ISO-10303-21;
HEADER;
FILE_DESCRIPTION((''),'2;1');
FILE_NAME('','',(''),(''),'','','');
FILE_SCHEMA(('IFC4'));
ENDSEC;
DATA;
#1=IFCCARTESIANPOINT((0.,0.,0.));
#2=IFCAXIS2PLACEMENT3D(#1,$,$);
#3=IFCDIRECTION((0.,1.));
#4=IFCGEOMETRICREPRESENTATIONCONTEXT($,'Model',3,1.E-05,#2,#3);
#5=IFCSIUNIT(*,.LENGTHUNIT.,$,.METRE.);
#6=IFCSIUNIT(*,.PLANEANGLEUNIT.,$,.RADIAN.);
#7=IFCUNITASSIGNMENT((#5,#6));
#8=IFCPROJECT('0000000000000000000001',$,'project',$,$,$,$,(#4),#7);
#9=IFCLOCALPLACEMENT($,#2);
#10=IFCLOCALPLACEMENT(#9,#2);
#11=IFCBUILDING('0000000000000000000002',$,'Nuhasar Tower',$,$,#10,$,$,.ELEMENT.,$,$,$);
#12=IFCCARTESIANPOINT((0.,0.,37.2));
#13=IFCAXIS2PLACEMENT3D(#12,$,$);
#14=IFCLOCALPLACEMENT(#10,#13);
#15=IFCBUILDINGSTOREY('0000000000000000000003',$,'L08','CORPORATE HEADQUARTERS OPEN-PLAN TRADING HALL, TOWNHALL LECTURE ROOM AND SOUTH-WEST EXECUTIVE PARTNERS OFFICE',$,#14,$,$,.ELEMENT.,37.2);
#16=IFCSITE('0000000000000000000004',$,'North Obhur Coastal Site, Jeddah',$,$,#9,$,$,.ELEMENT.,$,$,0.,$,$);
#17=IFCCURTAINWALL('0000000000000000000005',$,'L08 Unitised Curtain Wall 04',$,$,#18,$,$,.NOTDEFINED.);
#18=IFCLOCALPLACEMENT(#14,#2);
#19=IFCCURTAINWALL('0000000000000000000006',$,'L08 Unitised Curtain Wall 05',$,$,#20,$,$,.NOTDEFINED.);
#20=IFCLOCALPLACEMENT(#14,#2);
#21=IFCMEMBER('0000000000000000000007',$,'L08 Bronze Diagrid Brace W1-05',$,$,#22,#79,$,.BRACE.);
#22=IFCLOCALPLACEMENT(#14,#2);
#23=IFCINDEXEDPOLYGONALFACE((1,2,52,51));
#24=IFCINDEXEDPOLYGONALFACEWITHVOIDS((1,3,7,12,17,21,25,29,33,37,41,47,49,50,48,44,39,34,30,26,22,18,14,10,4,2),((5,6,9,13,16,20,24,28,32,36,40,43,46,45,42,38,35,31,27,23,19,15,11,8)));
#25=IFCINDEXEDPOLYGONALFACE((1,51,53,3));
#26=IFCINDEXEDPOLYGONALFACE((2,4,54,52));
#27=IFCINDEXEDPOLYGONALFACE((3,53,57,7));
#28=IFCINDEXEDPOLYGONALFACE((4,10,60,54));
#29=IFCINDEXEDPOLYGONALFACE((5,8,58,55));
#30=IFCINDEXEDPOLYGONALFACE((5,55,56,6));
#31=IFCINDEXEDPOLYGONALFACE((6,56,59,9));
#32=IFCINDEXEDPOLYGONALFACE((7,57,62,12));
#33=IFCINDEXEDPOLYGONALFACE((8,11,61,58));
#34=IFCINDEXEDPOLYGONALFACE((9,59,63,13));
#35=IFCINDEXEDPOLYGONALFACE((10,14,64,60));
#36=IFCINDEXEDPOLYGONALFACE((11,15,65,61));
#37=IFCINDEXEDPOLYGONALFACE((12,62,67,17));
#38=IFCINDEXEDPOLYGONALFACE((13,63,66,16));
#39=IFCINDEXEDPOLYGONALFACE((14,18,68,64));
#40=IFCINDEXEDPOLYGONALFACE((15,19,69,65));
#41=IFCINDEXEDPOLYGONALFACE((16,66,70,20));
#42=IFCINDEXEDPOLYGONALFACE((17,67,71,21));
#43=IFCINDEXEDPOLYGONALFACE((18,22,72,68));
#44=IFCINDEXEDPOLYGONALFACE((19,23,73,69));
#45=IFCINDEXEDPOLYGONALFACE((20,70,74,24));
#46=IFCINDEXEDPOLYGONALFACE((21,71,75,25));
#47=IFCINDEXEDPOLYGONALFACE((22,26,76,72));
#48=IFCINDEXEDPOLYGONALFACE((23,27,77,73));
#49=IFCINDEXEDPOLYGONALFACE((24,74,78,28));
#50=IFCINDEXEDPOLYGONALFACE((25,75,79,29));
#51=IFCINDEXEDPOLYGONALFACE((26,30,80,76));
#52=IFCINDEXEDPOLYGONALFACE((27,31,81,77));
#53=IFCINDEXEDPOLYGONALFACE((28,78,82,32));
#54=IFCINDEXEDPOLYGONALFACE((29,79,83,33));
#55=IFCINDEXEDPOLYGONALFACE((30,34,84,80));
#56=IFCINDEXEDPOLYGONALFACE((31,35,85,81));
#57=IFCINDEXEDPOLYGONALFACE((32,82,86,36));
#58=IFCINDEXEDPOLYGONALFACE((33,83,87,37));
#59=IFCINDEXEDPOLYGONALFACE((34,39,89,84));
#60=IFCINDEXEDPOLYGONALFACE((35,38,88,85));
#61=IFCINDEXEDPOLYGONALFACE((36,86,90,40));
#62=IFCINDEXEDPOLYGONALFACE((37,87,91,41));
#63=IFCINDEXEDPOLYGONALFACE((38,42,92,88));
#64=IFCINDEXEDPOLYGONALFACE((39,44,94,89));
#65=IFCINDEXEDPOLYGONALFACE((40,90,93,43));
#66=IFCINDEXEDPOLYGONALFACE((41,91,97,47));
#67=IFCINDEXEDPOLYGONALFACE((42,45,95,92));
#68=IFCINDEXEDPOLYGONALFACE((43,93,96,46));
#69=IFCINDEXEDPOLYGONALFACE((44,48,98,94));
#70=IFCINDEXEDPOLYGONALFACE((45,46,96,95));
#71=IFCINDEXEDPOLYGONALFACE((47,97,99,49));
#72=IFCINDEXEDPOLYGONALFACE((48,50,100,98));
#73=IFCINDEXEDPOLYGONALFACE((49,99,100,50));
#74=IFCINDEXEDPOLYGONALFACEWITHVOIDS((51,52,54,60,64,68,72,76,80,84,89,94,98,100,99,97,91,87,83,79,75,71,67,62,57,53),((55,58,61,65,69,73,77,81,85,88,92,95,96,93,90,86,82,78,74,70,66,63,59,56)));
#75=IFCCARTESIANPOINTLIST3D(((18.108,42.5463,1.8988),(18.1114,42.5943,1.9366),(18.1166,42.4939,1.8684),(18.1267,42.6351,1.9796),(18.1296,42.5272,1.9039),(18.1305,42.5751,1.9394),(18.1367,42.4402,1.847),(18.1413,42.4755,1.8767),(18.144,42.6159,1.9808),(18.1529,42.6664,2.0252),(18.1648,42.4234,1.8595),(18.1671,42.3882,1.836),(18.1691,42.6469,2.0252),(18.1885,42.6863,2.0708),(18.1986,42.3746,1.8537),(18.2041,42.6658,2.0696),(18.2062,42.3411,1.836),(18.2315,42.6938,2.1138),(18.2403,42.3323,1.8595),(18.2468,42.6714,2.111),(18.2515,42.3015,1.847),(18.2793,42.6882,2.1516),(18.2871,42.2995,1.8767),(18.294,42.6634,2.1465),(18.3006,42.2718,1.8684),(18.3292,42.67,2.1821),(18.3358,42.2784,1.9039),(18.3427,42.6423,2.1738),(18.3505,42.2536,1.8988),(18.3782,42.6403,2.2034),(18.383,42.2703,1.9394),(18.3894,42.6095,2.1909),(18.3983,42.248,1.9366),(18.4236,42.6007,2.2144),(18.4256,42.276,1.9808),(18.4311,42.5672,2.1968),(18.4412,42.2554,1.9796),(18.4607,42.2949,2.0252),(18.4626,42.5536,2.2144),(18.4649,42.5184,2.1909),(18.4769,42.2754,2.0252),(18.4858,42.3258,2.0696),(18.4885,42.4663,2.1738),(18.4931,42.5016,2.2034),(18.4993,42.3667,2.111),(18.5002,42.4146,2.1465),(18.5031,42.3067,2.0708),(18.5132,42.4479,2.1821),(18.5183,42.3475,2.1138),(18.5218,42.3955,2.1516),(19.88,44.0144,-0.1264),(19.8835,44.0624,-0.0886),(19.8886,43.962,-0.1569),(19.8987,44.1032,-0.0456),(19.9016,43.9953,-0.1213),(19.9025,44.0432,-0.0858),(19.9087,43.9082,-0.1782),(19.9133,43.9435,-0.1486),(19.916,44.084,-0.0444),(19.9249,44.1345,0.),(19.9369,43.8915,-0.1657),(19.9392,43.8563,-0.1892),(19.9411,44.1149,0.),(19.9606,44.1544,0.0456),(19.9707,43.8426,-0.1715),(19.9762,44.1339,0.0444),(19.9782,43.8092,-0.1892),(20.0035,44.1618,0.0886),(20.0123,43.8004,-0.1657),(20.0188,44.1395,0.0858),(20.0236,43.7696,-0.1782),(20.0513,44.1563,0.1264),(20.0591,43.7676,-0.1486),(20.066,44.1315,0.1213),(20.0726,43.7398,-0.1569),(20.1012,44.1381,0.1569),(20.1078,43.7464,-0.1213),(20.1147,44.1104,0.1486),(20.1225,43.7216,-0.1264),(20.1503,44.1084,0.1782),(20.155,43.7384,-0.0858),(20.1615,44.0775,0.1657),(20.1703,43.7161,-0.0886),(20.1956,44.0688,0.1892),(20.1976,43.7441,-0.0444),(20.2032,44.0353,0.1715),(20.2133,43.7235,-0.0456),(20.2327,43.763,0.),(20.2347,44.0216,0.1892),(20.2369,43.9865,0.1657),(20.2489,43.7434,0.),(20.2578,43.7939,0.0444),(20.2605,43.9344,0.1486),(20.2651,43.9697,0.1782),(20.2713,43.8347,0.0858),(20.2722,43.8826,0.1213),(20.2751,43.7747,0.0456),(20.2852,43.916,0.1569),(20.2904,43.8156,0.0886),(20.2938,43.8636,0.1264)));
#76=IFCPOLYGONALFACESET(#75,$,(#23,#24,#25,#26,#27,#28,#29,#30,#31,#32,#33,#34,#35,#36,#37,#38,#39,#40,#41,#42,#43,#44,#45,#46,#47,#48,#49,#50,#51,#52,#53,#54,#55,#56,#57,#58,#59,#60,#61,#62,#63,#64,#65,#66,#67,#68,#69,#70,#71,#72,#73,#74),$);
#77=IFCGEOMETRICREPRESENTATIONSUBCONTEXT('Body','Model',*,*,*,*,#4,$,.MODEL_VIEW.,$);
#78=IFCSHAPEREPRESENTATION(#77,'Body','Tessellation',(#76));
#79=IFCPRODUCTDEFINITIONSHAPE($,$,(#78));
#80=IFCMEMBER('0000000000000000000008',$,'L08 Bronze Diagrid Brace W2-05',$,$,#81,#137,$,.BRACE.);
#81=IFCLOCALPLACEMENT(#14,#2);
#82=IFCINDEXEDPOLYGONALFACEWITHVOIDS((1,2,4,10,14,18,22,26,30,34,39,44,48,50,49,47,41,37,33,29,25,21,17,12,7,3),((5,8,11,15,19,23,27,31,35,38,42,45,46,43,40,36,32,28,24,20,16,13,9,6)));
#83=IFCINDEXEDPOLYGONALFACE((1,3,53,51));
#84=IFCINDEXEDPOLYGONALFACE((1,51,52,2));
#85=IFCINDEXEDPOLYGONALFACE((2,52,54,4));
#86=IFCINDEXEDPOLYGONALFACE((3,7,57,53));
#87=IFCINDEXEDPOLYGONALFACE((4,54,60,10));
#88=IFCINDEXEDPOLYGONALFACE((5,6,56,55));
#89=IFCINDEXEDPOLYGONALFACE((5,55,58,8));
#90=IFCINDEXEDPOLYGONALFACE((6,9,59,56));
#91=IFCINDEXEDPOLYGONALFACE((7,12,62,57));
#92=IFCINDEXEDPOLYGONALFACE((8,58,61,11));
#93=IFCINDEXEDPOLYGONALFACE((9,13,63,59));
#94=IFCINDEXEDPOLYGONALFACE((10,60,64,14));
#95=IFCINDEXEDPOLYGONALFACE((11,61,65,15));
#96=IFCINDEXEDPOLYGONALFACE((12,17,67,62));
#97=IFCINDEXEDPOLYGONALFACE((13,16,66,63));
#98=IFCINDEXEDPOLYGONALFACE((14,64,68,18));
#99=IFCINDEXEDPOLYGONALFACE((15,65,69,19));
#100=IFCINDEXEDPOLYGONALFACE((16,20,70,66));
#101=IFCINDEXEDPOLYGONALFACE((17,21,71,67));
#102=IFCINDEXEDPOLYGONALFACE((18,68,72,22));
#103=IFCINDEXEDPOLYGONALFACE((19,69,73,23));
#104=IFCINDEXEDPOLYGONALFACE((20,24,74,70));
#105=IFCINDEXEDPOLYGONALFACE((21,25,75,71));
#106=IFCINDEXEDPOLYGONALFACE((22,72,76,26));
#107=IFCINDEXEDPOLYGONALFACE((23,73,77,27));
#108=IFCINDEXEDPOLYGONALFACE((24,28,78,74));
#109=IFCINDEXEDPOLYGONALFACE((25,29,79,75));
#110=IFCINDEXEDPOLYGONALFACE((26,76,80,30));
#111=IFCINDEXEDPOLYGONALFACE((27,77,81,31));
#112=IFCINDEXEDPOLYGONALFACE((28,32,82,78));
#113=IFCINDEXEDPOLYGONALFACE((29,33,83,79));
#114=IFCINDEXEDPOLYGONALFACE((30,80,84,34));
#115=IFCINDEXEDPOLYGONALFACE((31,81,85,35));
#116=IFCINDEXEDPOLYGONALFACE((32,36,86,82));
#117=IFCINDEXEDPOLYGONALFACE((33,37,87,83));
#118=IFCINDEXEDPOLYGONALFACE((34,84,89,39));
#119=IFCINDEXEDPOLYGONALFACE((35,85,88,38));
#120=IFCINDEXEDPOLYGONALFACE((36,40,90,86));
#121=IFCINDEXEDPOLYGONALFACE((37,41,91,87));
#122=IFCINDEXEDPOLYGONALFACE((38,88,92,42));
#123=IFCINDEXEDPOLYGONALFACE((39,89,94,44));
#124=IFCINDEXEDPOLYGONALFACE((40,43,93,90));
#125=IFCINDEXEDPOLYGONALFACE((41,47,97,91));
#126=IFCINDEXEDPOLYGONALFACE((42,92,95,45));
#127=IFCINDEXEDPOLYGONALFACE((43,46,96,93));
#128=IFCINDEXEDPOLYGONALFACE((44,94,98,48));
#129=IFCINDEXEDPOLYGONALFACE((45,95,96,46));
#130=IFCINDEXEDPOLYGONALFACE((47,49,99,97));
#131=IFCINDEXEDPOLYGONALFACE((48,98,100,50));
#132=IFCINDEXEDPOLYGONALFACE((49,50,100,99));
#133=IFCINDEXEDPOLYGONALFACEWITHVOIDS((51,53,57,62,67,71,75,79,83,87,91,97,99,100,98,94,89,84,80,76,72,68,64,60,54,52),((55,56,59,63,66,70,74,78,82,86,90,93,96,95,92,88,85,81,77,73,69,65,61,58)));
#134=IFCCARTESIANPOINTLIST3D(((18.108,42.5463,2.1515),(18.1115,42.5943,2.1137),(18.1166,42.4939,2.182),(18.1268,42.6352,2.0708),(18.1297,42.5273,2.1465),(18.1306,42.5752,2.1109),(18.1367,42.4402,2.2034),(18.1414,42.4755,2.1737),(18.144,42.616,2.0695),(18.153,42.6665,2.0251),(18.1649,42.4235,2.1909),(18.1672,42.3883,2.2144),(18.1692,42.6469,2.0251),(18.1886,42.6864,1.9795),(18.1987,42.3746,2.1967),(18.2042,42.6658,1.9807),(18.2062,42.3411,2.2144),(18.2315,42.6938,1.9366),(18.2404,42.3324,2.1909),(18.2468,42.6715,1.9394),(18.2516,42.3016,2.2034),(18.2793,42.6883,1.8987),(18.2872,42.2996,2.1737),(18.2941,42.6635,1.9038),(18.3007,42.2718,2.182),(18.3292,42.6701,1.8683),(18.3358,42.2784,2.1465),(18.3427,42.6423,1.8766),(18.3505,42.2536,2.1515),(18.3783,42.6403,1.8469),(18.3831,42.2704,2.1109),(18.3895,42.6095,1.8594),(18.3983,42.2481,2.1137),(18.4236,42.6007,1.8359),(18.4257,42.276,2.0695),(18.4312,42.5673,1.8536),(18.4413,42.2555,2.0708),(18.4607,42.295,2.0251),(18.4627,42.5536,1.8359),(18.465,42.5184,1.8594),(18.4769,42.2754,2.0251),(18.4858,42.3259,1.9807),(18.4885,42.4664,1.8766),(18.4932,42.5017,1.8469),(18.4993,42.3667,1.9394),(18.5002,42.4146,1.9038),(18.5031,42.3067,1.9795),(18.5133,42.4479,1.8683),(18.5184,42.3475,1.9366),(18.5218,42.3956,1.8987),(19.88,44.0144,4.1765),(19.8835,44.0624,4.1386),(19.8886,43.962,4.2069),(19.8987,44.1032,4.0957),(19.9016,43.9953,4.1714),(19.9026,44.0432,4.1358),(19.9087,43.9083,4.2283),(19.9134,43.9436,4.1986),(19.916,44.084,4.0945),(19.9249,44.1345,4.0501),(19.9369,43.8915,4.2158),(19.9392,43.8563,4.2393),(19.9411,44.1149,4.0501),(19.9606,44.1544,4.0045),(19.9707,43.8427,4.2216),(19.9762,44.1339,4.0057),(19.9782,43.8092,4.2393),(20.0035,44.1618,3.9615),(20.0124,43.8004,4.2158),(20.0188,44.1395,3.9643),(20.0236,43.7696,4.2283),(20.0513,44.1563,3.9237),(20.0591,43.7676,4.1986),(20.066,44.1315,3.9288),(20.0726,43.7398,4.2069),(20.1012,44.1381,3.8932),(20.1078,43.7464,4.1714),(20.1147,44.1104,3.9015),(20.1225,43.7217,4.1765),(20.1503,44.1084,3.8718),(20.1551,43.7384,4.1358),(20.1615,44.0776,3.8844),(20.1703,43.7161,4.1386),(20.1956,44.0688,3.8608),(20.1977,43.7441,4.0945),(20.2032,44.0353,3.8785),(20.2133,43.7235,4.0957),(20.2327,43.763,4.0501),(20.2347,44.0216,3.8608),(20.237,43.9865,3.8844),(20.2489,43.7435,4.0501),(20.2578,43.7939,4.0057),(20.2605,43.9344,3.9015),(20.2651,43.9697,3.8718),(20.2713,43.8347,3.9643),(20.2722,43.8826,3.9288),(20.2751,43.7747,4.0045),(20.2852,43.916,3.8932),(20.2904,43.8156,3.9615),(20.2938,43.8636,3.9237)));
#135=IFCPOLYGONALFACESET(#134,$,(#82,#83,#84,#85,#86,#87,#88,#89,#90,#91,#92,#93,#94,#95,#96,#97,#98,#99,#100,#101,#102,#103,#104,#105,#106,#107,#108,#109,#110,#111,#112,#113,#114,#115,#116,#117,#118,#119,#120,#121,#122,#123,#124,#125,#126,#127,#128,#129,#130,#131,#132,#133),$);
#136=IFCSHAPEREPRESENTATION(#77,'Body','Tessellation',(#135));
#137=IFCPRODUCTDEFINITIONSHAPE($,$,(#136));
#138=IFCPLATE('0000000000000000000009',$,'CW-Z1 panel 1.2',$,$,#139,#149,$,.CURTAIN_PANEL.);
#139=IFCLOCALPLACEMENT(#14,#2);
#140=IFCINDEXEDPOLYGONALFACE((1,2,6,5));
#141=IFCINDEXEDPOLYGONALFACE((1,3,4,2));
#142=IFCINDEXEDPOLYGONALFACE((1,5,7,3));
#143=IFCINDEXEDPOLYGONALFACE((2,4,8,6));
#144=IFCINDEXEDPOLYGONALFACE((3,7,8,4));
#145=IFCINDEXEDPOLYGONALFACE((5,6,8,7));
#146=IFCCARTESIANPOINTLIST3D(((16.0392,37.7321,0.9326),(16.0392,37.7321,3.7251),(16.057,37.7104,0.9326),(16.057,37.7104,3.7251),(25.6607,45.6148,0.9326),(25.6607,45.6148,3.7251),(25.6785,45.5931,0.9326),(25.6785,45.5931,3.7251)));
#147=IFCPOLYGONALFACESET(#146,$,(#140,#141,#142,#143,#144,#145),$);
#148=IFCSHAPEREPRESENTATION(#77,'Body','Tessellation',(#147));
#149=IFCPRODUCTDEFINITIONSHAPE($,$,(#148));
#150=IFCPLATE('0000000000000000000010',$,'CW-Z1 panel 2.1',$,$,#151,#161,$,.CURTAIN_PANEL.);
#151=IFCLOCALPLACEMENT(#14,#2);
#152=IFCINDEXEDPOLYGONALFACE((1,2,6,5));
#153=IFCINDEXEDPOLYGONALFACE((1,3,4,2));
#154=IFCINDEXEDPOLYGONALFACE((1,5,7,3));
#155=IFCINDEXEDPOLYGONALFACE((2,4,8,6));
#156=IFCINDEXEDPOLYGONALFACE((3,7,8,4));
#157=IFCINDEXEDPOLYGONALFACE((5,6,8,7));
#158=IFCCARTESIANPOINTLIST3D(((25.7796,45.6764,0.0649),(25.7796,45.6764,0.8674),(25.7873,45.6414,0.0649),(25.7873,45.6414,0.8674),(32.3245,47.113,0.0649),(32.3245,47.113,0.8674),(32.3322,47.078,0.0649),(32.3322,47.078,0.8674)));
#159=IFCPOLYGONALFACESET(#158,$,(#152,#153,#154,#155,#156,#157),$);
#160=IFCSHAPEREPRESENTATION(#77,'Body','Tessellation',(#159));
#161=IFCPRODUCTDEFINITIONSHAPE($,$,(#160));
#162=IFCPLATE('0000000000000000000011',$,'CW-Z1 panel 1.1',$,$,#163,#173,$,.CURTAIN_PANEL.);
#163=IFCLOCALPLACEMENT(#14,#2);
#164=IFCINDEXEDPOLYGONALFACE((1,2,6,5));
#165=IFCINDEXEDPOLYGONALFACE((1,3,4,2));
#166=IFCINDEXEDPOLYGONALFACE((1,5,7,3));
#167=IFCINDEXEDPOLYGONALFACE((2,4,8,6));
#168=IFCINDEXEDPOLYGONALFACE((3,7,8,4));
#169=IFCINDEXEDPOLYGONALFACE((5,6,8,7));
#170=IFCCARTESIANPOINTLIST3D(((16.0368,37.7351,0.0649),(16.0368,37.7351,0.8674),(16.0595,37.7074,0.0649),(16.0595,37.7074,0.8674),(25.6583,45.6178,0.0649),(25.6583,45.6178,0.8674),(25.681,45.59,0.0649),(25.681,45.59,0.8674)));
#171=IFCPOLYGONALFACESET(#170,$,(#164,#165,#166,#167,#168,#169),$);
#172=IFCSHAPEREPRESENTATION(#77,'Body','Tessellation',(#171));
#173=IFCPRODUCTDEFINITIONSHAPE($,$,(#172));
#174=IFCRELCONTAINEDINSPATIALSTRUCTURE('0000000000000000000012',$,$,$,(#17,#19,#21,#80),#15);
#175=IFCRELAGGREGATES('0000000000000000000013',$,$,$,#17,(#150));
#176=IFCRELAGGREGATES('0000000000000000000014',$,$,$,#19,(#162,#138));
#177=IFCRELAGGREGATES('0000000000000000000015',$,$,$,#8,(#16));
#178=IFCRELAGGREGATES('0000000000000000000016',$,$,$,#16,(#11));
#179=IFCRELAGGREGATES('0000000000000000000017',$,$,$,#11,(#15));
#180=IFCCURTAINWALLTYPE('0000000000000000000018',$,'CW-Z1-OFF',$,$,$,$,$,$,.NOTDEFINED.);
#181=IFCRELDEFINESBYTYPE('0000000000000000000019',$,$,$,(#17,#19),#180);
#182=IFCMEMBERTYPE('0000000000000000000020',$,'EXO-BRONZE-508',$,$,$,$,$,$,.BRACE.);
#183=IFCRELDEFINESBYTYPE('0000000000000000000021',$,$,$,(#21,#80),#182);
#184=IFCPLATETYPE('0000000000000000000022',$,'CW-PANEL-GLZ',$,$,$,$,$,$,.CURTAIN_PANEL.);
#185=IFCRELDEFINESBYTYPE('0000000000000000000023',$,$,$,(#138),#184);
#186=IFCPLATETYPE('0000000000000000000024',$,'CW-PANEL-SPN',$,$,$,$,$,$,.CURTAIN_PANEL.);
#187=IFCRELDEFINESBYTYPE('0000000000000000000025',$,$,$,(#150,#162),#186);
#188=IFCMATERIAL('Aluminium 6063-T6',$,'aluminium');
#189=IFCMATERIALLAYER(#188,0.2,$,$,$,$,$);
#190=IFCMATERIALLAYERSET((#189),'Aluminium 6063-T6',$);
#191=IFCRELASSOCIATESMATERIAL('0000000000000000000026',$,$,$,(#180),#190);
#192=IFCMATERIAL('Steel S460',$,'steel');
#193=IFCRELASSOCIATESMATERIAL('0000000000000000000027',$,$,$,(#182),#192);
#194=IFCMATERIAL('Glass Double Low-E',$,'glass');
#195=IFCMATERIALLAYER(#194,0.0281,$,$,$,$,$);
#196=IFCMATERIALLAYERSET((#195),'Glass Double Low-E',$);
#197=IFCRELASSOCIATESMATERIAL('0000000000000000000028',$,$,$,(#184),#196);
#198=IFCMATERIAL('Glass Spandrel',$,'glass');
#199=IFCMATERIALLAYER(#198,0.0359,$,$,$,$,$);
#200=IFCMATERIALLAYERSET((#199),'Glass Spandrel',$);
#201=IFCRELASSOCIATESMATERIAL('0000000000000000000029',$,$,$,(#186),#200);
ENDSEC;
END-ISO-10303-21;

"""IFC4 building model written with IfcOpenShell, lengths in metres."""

from ifc_helpers import new_model, si_unit, direction, frame, origin, origin_2d, place, context, subcontext, project, spatial, rectangle, hollow_circle, extrude, material, layer, layer_set, material_profile, profile_set, type_object, element, aggregate, save


model = new_model("IFC4")

# Units and contexts
model_context = context("Model", 3, precision=1e-05, world=origin(), true_north=direction((0.0, 1.0)))
body_context = subcontext(model_context, "Body", "Model", "MODEL_VIEW")
ifc_project = project(units=[si_unit("LENGTHUNIT", "METRE"), si_unit("PLANEANGLEUNIT", "RADIAN")], contexts=[model_context])

# Site, building, storey
site_placement = place(None, origin())
site = spatial("IfcSite", under=ifc_project, at=site_placement, Name="North Obhur Coastal Site, Jeddah", CompositionType="ELEMENT", RefElevation=0.0)
building_placement = place(site_placement, origin())
building = spatial("IfcBuilding", under=site, at=building_placement, Name="Nuhasar Tower", CompositionType="ELEMENT")
storey_placement = place(building_placement, frame((0.0, 0.0, 37.2)))
storey = spatial("IfcBuildingStorey", under=building, at=storey_placement, Name="L08", Description="CORPORATE HEADQUARTERS OPEN-PLAN TRADING HALL, TOWNHALL LECTURE ROOM AND SOUTH-WEST EXECUTIVE PARTNERS OFFICE", CompositionType="ELEMENT", Elevation=37.2)

# Curtain wall
ifc_material_1 = material(Name="Aluminium 6063-T6", Category="aluminium")
ifc_layer_1 = layer(ifc_material_1, 0.2)
ifc_layer_set_1 = layer_set([ifc_layer_1], Name="Aluminium 6063-T6")
curtain_wall_type = type_object("IfcCurtainWallType", Name="CW-Z1-OFF", PredefinedType="NOTDEFINED", material=ifc_layer_set_1)
curtain_wall_1_placement = place(storey_placement, origin())
curtain_wall_1 = element("IfcCurtainWall", 1, at=curtain_wall_1_placement, inside=storey, type_object=curtain_wall_type, Name="L08 Unitised Curtain Wall 04", PredefinedType="NOTDEFINED")

# Curtain wall
curtain_wall_2_placement = place(storey_placement, origin())
curtain_wall_2 = element("IfcCurtainWall", 2, at=curtain_wall_2_placement, inside=storey, type_object=curtain_wall_type, Name="L08 Unitised Curtain Wall 05", PredefinedType="NOTDEFINED")

# Members
ifc_material_2 = material(Name="Steel S460", Category="steel")
ifc_material_profile_1 = material_profile(ifc_material_2, hollow_circle(Radius=0.2539, WallThickness=0.0254, at=origin_2d()), Name="HSS508X25.4")
ifc_profile_set_1 = profile_set([ifc_material_profile_1], Name="Steel S460")
member_type_1 = type_object("IfcMemberType", Name="EXO-BRONZE-508", PredefinedType="BRACE", material=ifc_profile_set_1)
member_1_placement = place(storey_placement, frame((20.0869, 43.939, 0.0), z_axis=(-0.578071, -0.478912, 0.660664), x_axis=(0.637969, -0.770062, 0.0)))
element("IfcMember", 3, at=member_1_placement, inside=storey, type_object=member_type_1, Name="L08 Bronze Diagrid Brace W1-05", PredefinedType="BRACE", context=body_context, shape_type="SweptSolid", body=[
    extrude(hollow_circle(Radius=0.2539, WallThickness=0.0254, at=origin_2d()), origin(), (0.0, 0.0, 1.0), 3.0654),
])
member_2_placement = place(storey_placement, frame((18.3149, 42.4709, 2.0251), z_axis=(0.578102, 0.478937, 0.660619), x_axis=(-0.637969, 0.770062, 0.0)))
element("IfcMember", 4, at=member_2_placement, inside=storey, type_object=member_type_1, Name="L08 Bronze Diagrid Brace W2-05", PredefinedType="BRACE", context=body_context, shape_type="SweptSolid", body=[
    extrude(hollow_circle(Radius=0.2539, WallThickness=0.0254, at=origin_2d()), origin(), (0.0, 0.0, 1.0), 3.0652),
])

# Plates
ifc_material_3 = material(Name="Glass Double Low-E", Category="glass")
ifc_layer_2 = layer(ifc_material_3, 0.0281)
ifc_layer_set_2 = layer_set([ifc_layer_2], Name="Glass Double Low-E")
plate_type_1 = type_object("IfcPlateType", Name="CW-PANEL-GLZ", PredefinedType="CURTAIN_PANEL", material=ifc_layer_set_2)
plate_1_placement = place(storey_placement, frame((20.8589, 41.6626, 0.9326), z_axis=(0.0, 0.0, 1.0), x_axis=(-0.773542, -0.633745, 0.0)))
plate_1 = element("IfcPlate", 5, at=plate_1_placement, type_object=plate_type_1, Name="CW-Z1 panel 1.2", PredefinedType="CURTAIN_PANEL", context=body_context, shape_type="SweptSolid", body=[
    extrude(rectangle(XDim=12.4382, YDim=0.0281, at=origin_2d()), origin(), (0.0, 0.0, 1.0), 2.7925),
])
ifc_material_4 = material(Name="Glass Spandrel", Category="glass")
ifc_layer_3 = layer(ifc_material_4, 0.0359)
ifc_layer_set_3 = layer_set([ifc_layer_3], Name="Glass Spandrel")
plate_type_2 = type_object("IfcPlateType", Name="CW-PANEL-SPN", PredefinedType="CURTAIN_PANEL", material=ifc_layer_set_3)
plate_2_placement = place(storey_placement, frame((29.0559, 46.3772, 0.0649), z_axis=(0.0, 0.0, 1.0), x_axis=(-0.976746, -0.214399, 0.0)))
plate_2 = element("IfcPlate", 6, at=plate_2_placement, type_object=plate_type_2, Name="CW-Z1 panel 2.1", PredefinedType="CURTAIN_PANEL", context=body_context, shape_type="SweptSolid", body=[
    extrude(rectangle(XDim=6.7007, YDim=0.0359, at=origin_2d()), origin(), (0.0, 0.0, 1.0), 0.8025),
])
aggregate(curtain_wall_1, [plate_2])
plate_3_placement = place(storey_placement, frame((20.8589, 41.6626, 0.0649), z_axis=(0.0, 0.0, 1.0), x_axis=(-0.773542, -0.633745, 0.0)))
plate_3 = element("IfcPlate", 7, at=plate_3_placement, type_object=plate_type_2, Name="CW-Z1 panel 1.1", PredefinedType="CURTAIN_PANEL", context=body_context, shape_type="SweptSolid", body=[
    extrude(rectangle(XDim=12.4382, YDim=0.0359, at=origin_2d()), origin(), (0.0, 0.0, 1.0), 0.8025),
])
aggregate(curtain_wall_2, [plate_3, plate_1])

save(model, "model.ifc")
